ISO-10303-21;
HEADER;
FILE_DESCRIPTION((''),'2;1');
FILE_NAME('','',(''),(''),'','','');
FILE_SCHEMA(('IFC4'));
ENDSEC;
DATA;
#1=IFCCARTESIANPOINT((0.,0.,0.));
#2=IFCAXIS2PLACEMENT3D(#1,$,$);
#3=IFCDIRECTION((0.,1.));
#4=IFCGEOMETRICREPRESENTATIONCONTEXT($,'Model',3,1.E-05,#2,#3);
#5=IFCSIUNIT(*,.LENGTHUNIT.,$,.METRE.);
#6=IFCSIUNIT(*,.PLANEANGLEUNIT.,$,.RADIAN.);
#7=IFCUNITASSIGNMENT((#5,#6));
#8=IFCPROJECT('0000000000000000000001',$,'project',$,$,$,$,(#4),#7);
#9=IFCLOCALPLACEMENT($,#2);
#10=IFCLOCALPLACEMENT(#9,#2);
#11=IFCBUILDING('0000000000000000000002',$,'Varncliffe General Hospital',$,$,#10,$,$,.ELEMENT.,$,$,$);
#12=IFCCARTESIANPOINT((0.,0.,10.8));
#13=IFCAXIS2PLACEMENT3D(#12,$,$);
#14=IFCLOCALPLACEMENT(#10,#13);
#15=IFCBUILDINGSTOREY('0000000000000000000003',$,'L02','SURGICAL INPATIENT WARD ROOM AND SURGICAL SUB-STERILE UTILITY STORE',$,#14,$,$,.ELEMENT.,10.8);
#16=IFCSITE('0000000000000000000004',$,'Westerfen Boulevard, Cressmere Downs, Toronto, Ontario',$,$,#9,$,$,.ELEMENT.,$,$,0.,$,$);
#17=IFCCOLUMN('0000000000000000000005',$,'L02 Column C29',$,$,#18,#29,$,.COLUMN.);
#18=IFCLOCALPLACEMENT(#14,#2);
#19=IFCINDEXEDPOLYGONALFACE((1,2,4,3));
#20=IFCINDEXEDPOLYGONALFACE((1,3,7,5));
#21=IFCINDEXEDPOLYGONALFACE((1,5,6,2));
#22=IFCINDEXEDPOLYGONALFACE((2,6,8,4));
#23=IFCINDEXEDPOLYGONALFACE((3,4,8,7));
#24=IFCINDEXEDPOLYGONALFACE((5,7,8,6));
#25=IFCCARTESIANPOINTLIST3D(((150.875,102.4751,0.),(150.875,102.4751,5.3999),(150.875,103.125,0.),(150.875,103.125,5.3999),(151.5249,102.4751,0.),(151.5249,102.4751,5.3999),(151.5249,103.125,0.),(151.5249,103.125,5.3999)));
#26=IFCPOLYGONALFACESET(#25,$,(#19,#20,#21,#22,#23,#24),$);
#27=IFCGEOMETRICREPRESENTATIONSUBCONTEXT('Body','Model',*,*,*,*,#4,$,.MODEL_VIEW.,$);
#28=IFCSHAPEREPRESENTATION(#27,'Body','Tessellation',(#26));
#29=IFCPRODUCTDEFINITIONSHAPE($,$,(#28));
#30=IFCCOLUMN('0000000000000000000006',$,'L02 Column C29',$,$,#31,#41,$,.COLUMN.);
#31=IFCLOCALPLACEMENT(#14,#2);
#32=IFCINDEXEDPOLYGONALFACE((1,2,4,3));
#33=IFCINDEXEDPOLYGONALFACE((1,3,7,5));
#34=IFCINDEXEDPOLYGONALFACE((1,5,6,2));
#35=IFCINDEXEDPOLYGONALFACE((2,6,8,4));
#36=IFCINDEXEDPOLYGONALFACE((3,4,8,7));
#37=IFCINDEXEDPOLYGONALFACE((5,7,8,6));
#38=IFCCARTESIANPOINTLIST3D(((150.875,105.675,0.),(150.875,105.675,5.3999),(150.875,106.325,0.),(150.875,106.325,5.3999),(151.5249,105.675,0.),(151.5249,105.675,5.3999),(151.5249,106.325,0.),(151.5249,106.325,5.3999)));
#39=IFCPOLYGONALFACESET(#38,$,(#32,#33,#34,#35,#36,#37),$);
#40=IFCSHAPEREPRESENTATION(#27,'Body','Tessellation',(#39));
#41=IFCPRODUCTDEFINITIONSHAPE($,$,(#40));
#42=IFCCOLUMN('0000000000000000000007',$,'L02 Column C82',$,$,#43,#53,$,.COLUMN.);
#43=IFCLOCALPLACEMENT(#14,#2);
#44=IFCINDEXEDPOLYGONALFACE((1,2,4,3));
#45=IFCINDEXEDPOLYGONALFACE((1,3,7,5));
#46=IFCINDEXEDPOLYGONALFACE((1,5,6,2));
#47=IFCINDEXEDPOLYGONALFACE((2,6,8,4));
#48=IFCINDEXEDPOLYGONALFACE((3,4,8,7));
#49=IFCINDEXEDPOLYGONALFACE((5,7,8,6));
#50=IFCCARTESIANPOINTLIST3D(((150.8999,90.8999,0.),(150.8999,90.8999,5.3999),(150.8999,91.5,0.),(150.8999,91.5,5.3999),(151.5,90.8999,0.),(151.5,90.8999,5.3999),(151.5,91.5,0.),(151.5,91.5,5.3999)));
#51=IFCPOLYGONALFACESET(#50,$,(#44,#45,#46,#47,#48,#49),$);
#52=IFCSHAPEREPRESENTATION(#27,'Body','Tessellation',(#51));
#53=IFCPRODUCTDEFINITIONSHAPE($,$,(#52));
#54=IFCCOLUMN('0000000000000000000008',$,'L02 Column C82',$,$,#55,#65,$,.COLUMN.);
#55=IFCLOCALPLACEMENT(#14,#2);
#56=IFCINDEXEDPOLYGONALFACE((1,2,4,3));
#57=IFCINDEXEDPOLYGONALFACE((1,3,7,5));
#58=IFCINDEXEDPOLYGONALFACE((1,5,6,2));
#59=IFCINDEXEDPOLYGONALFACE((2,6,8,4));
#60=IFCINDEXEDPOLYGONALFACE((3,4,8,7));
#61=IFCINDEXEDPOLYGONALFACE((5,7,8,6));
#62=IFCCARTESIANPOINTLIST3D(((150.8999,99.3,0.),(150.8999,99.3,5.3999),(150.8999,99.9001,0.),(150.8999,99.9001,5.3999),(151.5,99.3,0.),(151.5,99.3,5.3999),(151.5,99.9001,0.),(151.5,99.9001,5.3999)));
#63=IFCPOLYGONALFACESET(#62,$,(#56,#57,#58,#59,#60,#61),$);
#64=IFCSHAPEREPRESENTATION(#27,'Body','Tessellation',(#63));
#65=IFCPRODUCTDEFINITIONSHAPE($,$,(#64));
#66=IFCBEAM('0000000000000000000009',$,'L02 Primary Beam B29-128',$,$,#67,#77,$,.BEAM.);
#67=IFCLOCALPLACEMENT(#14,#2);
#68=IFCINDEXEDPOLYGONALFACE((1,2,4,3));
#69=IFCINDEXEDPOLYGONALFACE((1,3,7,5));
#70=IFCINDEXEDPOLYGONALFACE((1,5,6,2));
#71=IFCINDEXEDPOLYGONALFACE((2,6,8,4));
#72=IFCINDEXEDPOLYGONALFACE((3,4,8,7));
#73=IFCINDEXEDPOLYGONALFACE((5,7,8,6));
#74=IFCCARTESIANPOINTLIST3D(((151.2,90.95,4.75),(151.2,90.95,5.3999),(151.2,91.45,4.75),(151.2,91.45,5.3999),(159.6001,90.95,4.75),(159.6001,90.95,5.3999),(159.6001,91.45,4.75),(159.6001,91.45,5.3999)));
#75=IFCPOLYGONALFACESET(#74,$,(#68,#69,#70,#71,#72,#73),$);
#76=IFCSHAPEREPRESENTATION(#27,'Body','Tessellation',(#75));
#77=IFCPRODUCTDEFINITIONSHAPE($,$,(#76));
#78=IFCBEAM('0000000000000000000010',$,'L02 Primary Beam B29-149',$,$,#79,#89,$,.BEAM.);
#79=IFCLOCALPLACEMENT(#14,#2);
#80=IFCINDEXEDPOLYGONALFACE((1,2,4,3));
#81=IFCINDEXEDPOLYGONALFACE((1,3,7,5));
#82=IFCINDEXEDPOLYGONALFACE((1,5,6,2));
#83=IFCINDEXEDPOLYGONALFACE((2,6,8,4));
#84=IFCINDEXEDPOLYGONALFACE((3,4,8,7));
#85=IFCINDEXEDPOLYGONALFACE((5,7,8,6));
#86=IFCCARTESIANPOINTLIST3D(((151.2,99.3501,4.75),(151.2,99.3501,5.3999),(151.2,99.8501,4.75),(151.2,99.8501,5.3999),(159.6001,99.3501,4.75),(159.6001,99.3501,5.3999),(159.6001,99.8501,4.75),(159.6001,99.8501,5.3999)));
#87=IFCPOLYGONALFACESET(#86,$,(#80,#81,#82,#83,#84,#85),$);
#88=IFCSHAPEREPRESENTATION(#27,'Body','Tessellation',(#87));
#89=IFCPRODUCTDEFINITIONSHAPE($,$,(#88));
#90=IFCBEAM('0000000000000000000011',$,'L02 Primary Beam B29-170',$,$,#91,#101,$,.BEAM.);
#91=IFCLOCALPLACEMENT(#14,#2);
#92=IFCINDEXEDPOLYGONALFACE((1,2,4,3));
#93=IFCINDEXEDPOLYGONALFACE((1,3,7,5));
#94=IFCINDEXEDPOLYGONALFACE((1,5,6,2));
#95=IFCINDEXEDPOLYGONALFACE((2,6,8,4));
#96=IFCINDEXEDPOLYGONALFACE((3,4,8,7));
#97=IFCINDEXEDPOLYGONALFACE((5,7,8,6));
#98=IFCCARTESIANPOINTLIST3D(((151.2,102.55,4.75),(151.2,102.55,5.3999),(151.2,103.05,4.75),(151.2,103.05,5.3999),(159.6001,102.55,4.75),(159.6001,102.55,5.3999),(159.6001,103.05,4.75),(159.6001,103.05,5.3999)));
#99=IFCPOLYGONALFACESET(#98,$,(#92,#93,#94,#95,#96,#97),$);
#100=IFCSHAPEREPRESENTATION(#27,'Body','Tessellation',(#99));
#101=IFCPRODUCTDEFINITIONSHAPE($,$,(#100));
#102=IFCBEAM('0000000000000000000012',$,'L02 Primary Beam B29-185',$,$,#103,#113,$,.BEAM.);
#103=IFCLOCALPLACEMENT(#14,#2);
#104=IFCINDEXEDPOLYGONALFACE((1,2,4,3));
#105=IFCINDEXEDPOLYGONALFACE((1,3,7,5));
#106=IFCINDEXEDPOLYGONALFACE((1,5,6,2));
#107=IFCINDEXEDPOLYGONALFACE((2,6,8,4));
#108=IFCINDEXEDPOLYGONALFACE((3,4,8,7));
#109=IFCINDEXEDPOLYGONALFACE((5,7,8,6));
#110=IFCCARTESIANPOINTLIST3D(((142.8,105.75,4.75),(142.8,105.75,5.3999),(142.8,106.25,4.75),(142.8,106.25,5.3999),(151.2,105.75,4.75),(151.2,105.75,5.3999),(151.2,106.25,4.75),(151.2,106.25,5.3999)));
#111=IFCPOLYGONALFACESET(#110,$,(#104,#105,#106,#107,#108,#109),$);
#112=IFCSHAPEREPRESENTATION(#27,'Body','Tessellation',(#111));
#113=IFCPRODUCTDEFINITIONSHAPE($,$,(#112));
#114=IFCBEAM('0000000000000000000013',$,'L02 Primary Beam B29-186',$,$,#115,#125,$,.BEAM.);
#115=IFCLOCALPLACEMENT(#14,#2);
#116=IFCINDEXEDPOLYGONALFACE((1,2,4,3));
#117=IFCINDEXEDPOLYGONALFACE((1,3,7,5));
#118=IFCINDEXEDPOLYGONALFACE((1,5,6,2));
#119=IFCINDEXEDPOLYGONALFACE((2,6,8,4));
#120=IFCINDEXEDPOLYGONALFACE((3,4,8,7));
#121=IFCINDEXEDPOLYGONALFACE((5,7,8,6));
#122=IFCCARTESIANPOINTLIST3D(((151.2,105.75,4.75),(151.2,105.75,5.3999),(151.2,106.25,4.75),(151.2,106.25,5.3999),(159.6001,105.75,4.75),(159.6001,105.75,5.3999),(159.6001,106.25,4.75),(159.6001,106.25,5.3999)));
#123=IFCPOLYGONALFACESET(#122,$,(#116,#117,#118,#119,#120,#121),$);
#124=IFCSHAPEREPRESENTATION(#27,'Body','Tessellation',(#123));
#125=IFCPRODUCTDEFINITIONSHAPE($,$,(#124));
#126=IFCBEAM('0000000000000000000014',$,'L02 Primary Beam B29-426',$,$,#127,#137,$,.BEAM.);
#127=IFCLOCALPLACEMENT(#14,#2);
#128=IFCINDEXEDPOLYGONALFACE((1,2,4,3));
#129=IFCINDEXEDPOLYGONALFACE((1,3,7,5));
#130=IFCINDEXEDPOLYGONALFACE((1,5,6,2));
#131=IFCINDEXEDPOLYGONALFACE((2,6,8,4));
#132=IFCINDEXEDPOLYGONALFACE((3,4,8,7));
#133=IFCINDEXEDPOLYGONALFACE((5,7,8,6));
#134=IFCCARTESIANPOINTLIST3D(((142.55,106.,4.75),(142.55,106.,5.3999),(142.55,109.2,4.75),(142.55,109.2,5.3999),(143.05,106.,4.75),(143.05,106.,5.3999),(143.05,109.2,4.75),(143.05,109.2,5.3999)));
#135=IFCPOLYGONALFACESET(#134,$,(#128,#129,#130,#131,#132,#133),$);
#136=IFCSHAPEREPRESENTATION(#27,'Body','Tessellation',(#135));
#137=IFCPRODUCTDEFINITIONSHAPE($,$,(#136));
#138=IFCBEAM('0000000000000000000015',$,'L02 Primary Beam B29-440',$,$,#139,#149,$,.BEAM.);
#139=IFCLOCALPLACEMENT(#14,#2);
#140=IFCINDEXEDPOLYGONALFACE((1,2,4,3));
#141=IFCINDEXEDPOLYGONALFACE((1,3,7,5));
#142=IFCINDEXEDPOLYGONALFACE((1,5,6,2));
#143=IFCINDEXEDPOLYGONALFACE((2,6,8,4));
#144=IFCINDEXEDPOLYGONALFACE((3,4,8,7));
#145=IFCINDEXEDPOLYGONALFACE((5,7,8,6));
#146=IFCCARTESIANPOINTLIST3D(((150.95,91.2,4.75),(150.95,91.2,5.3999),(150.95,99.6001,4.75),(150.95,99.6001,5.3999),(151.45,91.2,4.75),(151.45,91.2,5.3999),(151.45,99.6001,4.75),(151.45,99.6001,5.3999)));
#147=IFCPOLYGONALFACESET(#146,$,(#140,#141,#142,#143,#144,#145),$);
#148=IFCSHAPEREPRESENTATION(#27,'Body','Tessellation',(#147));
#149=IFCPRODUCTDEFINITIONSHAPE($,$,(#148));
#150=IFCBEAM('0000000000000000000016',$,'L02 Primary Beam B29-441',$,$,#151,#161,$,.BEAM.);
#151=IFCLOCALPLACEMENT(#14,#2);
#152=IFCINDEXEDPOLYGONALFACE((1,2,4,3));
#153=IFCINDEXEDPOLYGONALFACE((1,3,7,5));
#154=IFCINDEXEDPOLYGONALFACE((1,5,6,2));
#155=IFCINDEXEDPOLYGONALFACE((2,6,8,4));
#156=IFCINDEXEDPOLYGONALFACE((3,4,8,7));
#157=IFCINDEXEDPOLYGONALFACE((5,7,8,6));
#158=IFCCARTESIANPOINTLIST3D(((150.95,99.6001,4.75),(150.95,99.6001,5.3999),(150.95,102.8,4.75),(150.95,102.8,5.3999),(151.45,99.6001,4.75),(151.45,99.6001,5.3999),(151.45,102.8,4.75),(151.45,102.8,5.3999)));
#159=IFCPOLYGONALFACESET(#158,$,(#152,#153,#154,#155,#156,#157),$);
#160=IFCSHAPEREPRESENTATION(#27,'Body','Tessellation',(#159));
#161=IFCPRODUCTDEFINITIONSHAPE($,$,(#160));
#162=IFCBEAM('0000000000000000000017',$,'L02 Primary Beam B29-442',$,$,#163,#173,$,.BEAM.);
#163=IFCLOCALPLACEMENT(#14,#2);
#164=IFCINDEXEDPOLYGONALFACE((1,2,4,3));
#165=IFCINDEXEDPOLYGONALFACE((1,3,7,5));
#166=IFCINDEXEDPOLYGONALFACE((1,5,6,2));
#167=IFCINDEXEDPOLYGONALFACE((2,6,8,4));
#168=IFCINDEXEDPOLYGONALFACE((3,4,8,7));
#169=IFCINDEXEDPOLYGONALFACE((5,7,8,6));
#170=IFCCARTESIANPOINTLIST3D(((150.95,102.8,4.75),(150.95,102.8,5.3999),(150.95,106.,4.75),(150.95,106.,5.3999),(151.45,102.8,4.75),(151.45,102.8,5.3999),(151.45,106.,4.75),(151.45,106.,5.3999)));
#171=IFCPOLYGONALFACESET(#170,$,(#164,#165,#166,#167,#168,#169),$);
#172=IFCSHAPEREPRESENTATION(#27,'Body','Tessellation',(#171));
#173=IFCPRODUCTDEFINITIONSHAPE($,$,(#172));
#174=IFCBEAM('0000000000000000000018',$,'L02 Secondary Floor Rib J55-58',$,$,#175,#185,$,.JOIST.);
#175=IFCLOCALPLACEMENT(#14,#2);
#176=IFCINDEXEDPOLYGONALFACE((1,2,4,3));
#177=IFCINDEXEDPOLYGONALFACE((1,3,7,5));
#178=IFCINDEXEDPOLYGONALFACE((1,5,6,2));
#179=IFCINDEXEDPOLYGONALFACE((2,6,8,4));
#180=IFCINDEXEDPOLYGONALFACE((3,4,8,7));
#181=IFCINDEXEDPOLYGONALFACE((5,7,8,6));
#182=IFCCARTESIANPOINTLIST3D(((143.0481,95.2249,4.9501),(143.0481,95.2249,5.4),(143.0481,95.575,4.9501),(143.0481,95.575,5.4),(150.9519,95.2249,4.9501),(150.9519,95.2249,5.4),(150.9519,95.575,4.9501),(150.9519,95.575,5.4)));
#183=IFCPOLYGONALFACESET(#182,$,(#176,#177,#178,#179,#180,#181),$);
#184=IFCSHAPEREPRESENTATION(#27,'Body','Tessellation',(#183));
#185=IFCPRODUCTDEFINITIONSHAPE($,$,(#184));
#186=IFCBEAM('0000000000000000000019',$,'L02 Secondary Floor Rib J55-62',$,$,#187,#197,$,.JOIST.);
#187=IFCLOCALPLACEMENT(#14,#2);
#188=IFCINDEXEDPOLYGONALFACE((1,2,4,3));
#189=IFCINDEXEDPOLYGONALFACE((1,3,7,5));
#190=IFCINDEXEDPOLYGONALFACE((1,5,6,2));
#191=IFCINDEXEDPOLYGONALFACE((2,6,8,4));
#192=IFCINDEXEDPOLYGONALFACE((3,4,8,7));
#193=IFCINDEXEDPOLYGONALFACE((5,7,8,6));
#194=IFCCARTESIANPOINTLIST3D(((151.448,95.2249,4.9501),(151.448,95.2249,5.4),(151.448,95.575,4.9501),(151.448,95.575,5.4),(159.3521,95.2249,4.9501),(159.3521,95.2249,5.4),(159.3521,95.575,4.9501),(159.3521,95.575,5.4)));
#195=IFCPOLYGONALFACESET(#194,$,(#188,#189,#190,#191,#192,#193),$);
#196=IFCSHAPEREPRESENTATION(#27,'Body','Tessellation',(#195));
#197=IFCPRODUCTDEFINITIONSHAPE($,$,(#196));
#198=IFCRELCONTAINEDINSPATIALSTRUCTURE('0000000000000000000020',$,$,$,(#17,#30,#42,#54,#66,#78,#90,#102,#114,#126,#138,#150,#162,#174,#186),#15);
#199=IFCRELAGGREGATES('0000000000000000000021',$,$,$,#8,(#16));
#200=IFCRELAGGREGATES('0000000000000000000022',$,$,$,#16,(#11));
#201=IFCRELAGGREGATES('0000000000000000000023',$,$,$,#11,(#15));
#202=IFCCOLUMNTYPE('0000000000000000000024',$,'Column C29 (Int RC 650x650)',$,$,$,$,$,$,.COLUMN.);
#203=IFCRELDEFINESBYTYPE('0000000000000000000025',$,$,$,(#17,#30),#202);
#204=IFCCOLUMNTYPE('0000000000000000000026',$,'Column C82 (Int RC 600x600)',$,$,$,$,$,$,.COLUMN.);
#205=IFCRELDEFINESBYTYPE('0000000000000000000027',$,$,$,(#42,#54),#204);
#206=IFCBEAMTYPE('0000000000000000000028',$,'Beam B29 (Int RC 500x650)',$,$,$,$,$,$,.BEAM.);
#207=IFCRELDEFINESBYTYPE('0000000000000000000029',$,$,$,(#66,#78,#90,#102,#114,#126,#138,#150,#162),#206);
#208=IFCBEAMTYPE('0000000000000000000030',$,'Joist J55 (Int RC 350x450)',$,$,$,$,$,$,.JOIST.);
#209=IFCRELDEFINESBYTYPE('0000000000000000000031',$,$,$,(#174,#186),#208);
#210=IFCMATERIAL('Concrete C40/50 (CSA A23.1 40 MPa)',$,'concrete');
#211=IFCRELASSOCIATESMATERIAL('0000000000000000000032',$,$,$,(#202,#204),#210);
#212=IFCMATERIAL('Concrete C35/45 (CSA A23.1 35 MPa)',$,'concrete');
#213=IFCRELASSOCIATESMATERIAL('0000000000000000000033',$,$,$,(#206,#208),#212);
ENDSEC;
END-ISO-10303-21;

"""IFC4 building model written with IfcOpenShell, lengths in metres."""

from ifc_helpers import new_model, si_unit, direction, frame, origin, origin_2d, place, context, subcontext, project, spatial, rectangle, extrude, material, material_profile, profile_set, type_object, element, save


model = new_model("IFC4")

# Units and contexts
model_context = context("Model", 3, precision=1e-05, world=origin(), true_north=direction((0.0, 1.0)))
body_context = subcontext(model_context, "Body", "Model", "MODEL_VIEW")
ifc_project = project(units=[si_unit("LENGTHUNIT", "METRE"), si_unit("PLANEANGLEUNIT", "RADIAN")], contexts=[model_context])

# Site, building, storey
site_placement = place(None, origin())
site = spatial("IfcSite", under=ifc_project, at=site_placement, Name="Westerfen Boulevard, Cressmere Downs, Toronto, Ontario", CompositionType="ELEMENT", RefElevation=0.0)
building_placement = place(site_placement, origin())
building = spatial("IfcBuilding", under=site, at=building_placement, Name="Varncliffe General Hospital", CompositionType="ELEMENT")
storey_placement = place(building_placement, frame((0.0, 0.0, 10.8)))
storey = spatial("IfcBuildingStorey", under=building, at=storey_placement, Name="L02", Description="SURGICAL INPATIENT WARD ROOM AND SURGICAL SUB-STERILE UTILITY STORE", CompositionType="ELEMENT", Elevation=10.8)

# Columns
ifc_material_1 = material(Name="Concrete C40/50 (CSA A23.1 40 MPa)", Category="concrete")
ifc_material_profile_1 = material_profile(ifc_material_1, rectangle(XDim=0.6499, YDim=0.6499, at=origin_2d()), Name="RC 650x650")
ifc_profile_set_1 = profile_set([ifc_material_profile_1], Name="Concrete C40/50 (CSA A23.1 40 MPa)")
column_type_1 = type_object("IfcColumnType", Name="Column C29 (Int RC 650x650)", PredefinedType="COLUMN", material=ifc_profile_set_1)
for number, where, z_axis, x_axis, name in (
    (1, (151.2, 102.8, 0.0), (0.0, 0.0, 1.0), (1.0, 0.0, 0.0), "L02 Column C29"),
    (2, (151.2, 106.0, 0.0), (0.0, 0.0, 1.0), (1.0, 0.0, 0.0), "L02 Column C29"),
):
    element("IfcColumn", number, at=place(storey_placement, frame(where, z_axis=z_axis, x_axis=x_axis)), inside=storey, type_object=column_type_1, Name=name, PredefinedType="COLUMN", context=body_context, shape_type="SweptSolid", body=[
        extrude(rectangle(XDim=0.6499, YDim=0.6499, at=origin_2d()), origin(), (0.0, 0.0, 1.0), 5.3999),
    ])
ifc_material_profile_2 = material_profile(ifc_material_1, rectangle(XDim=0.6001, YDim=0.6001, at=origin_2d()), Name="RC 600x600")
ifc_profile_set_2 = profile_set([ifc_material_profile_2], Name="Concrete C40/50 (CSA A23.1 40 MPa)")
column_type_2 = type_object("IfcColumnType", Name="Column C82 (Int RC 600x600)", PredefinedType="COLUMN", material=ifc_profile_set_2)
for number, where, z_axis, x_axis, name in (
    (3, (151.2, 91.2, 0.0), (0.0, 0.0, 1.0), (1.0, 0.0, 0.0), "L02 Column C82"),
    (4, (151.2, 99.6001, 0.0), (0.0, 0.0, 1.0), (1.0, 0.0, 0.0), "L02 Column C82"),
):
    element("IfcColumn", number, at=place(storey_placement, frame(where, z_axis=z_axis, x_axis=x_axis)), inside=storey, type_object=column_type_2, Name=name, PredefinedType="COLUMN", context=body_context, shape_type="SweptSolid", body=[
        extrude(rectangle(XDim=0.6001, YDim=0.6001, at=origin_2d()), origin(), (0.0, 0.0, 1.0), 5.3999),
    ])

# Beams
ifc_material_2 = material(Name="Concrete C35/45 (CSA A23.1 35 MPa)", Category="concrete")
ifc_material_profile_3 = material_profile(ifc_material_2, rectangle(XDim=0.5, YDim=0.6499, at=origin_2d()), Name="RC 500x650")
ifc_profile_set_3 = profile_set([ifc_material_profile_3], Name="Concrete C35/45 (CSA A23.1 35 MPa)")
beam_type_1 = type_object("IfcBeamType", Name="Beam B29 (Int RC 500x650)", PredefinedType="BEAM", material=ifc_profile_set_3)
for number, where, z_axis, x_axis, name in (
    (5, (151.2, 91.2, 5.075), (1.0, 0.0, 0.0), (0.0, 1.0, 0.0), "L02 Primary Beam B29-128"),
    (6, (151.2, 99.6001, 5.075), (1.0, 0.0, 0.0), (0.0, 1.0, 0.0), "L02 Primary Beam B29-149"),
    (7, (151.2, 102.8, 5.075), (1.0, 0.0, 0.0), (0.0, 1.0, 0.0), "L02 Primary Beam B29-170"),
):
    element("IfcBeam", number, at=place(storey_placement, frame(where, z_axis=z_axis, x_axis=x_axis)), inside=storey, type_object=beam_type_1, Name=name, PredefinedType="BEAM", context=body_context, shape_type="SweptSolid", body=[
        extrude(rectangle(XDim=0.5, YDim=0.6499, at=origin_2d()), origin(), (0.0, 0.0, 1.0), 8.4001),
    ])
beam_1_placement = place(storey_placement, frame((142.8, 106.0, 5.075), z_axis=(1.0, 0.0, 0.0), x_axis=(0.0, 1.0, 0.0)))
element("IfcBeam", 8, at=beam_1_placement, inside=storey, type_object=beam_type_1, Name="L02 Primary Beam B29-185", PredefinedType="BEAM", context=body_context, shape_type="SweptSolid", body=[
    extrude(rectangle(XDim=0.5, YDim=0.6499, at=origin_2d()), origin(), (0.0, 0.0, 1.0), 8.3999),
])
beam_2_placement = place(storey_placement, frame((151.2, 106.0, 5.075), z_axis=(1.0, 0.0, 0.0), x_axis=(0.0, 1.0, 0.0)))
element("IfcBeam", 9, at=beam_2_placement, inside=storey, type_object=beam_type_1, Name="L02 Primary Beam B29-186", PredefinedType="BEAM", context=body_context, shape_type="SweptSolid", body=[
    extrude(rectangle(XDim=0.5, YDim=0.6499, at=origin_2d()), origin(), (0.0, 0.0, 1.0), 8.4001),
])
beam_3_placement = place(storey_placement, frame((142.8, 106.0, 5.075), z_axis=(0.0, 1.0, 0.0), x_axis=(-1.0, 0.0, 0.0)))
element("IfcBeam", 10, at=beam_3_placement, inside=storey, type_object=beam_type_1, Name="L02 Primary Beam B29-426", PredefinedType="BEAM", context=body_context, shape_type="SweptSolid", body=[
    extrude(rectangle(XDim=0.5, YDim=0.6499, at=origin_2d()), origin(), (0.0, 0.0, 1.0), 3.2),
])
beam_4_placement = place(storey_placement, frame((151.2, 91.2, 5.075), z_axis=(0.0, 1.0, 0.0), x_axis=(-1.0, 0.0, 0.0)))
element("IfcBeam", 11, at=beam_4_placement, inside=storey, type_object=beam_type_1, Name="L02 Primary Beam B29-440", PredefinedType="BEAM", context=body_context, shape_type="SweptSolid", body=[
    extrude(rectangle(XDim=0.5, YDim=0.6499, at=origin_2d()), origin(), (0.0, 0.0, 1.0), 8.4001),
])
for number, where, z_axis, x_axis, name in (
    (12, (151.2, 99.6001, 5.075), (0.0, 1.0, 0.0), (-1.0, 0.0, 0.0), "L02 Primary Beam B29-441"),
    (13, (151.2, 102.8, 5.075), (0.0, 1.0, 0.0), (-1.0, 0.0, 0.0), "L02 Primary Beam B29-442"),
):
    element("IfcBeam", number, at=place(storey_placement, frame(where, z_axis=z_axis, x_axis=x_axis)), inside=storey, type_object=beam_type_1, Name=name, PredefinedType="BEAM", context=body_context, shape_type="SweptSolid", body=[
        extrude(rectangle(XDim=0.5, YDim=0.6499, at=origin_2d()), origin(), (0.0, 0.0, 1.0), 3.2),
    ])
ifc_material_profile_4 = material_profile(ifc_material_2, rectangle(XDim=0.3501, YDim=0.45, at=origin_2d()), Name="RC 350x450")
ifc_profile_set_4 = profile_set([ifc_material_profile_4], Name="Concrete C35/45 (CSA A23.1 35 MPa)")
beam_type_2 = type_object("IfcBeamType", Name="Joist J55 (Int RC 350x450)", PredefinedType="JOIST", material=ifc_profile_set_4)
beam_5_placement = place(storey_placement, frame((143.0481, 95.3999, 5.175), z_axis=(1.0, 0.0, 0.0), x_axis=(0.0, 1.0, 0.0)))
element("IfcBeam", 14, at=beam_5_placement, inside=storey, type_object=beam_type_2, Name="L02 Secondary Floor Rib J55-58", PredefinedType="JOIST", context=body_context, shape_type="SweptSolid", body=[
    extrude(rectangle(XDim=0.3501, YDim=0.45, at=origin_2d()), origin(), (0.0, 0.0, 1.0), 7.9038),
])
beam_6_placement = place(storey_placement, frame((151.448, 95.3999, 5.175), z_axis=(1.0, 0.0, 0.0), x_axis=(0.0, 1.0, 0.0)))
element("IfcBeam", 15, at=beam_6_placement, inside=storey, type_object=beam_type_2, Name="L02 Secondary Floor Rib J55-62", PredefinedType="JOIST", context=body_context, shape_type="SweptSolid", body=[
    extrude(rectangle(XDim=0.3501, YDim=0.45, at=origin_2d()), origin(), (0.0, 0.0, 1.0), 7.9041),
])

save(model, "model.ifc")
